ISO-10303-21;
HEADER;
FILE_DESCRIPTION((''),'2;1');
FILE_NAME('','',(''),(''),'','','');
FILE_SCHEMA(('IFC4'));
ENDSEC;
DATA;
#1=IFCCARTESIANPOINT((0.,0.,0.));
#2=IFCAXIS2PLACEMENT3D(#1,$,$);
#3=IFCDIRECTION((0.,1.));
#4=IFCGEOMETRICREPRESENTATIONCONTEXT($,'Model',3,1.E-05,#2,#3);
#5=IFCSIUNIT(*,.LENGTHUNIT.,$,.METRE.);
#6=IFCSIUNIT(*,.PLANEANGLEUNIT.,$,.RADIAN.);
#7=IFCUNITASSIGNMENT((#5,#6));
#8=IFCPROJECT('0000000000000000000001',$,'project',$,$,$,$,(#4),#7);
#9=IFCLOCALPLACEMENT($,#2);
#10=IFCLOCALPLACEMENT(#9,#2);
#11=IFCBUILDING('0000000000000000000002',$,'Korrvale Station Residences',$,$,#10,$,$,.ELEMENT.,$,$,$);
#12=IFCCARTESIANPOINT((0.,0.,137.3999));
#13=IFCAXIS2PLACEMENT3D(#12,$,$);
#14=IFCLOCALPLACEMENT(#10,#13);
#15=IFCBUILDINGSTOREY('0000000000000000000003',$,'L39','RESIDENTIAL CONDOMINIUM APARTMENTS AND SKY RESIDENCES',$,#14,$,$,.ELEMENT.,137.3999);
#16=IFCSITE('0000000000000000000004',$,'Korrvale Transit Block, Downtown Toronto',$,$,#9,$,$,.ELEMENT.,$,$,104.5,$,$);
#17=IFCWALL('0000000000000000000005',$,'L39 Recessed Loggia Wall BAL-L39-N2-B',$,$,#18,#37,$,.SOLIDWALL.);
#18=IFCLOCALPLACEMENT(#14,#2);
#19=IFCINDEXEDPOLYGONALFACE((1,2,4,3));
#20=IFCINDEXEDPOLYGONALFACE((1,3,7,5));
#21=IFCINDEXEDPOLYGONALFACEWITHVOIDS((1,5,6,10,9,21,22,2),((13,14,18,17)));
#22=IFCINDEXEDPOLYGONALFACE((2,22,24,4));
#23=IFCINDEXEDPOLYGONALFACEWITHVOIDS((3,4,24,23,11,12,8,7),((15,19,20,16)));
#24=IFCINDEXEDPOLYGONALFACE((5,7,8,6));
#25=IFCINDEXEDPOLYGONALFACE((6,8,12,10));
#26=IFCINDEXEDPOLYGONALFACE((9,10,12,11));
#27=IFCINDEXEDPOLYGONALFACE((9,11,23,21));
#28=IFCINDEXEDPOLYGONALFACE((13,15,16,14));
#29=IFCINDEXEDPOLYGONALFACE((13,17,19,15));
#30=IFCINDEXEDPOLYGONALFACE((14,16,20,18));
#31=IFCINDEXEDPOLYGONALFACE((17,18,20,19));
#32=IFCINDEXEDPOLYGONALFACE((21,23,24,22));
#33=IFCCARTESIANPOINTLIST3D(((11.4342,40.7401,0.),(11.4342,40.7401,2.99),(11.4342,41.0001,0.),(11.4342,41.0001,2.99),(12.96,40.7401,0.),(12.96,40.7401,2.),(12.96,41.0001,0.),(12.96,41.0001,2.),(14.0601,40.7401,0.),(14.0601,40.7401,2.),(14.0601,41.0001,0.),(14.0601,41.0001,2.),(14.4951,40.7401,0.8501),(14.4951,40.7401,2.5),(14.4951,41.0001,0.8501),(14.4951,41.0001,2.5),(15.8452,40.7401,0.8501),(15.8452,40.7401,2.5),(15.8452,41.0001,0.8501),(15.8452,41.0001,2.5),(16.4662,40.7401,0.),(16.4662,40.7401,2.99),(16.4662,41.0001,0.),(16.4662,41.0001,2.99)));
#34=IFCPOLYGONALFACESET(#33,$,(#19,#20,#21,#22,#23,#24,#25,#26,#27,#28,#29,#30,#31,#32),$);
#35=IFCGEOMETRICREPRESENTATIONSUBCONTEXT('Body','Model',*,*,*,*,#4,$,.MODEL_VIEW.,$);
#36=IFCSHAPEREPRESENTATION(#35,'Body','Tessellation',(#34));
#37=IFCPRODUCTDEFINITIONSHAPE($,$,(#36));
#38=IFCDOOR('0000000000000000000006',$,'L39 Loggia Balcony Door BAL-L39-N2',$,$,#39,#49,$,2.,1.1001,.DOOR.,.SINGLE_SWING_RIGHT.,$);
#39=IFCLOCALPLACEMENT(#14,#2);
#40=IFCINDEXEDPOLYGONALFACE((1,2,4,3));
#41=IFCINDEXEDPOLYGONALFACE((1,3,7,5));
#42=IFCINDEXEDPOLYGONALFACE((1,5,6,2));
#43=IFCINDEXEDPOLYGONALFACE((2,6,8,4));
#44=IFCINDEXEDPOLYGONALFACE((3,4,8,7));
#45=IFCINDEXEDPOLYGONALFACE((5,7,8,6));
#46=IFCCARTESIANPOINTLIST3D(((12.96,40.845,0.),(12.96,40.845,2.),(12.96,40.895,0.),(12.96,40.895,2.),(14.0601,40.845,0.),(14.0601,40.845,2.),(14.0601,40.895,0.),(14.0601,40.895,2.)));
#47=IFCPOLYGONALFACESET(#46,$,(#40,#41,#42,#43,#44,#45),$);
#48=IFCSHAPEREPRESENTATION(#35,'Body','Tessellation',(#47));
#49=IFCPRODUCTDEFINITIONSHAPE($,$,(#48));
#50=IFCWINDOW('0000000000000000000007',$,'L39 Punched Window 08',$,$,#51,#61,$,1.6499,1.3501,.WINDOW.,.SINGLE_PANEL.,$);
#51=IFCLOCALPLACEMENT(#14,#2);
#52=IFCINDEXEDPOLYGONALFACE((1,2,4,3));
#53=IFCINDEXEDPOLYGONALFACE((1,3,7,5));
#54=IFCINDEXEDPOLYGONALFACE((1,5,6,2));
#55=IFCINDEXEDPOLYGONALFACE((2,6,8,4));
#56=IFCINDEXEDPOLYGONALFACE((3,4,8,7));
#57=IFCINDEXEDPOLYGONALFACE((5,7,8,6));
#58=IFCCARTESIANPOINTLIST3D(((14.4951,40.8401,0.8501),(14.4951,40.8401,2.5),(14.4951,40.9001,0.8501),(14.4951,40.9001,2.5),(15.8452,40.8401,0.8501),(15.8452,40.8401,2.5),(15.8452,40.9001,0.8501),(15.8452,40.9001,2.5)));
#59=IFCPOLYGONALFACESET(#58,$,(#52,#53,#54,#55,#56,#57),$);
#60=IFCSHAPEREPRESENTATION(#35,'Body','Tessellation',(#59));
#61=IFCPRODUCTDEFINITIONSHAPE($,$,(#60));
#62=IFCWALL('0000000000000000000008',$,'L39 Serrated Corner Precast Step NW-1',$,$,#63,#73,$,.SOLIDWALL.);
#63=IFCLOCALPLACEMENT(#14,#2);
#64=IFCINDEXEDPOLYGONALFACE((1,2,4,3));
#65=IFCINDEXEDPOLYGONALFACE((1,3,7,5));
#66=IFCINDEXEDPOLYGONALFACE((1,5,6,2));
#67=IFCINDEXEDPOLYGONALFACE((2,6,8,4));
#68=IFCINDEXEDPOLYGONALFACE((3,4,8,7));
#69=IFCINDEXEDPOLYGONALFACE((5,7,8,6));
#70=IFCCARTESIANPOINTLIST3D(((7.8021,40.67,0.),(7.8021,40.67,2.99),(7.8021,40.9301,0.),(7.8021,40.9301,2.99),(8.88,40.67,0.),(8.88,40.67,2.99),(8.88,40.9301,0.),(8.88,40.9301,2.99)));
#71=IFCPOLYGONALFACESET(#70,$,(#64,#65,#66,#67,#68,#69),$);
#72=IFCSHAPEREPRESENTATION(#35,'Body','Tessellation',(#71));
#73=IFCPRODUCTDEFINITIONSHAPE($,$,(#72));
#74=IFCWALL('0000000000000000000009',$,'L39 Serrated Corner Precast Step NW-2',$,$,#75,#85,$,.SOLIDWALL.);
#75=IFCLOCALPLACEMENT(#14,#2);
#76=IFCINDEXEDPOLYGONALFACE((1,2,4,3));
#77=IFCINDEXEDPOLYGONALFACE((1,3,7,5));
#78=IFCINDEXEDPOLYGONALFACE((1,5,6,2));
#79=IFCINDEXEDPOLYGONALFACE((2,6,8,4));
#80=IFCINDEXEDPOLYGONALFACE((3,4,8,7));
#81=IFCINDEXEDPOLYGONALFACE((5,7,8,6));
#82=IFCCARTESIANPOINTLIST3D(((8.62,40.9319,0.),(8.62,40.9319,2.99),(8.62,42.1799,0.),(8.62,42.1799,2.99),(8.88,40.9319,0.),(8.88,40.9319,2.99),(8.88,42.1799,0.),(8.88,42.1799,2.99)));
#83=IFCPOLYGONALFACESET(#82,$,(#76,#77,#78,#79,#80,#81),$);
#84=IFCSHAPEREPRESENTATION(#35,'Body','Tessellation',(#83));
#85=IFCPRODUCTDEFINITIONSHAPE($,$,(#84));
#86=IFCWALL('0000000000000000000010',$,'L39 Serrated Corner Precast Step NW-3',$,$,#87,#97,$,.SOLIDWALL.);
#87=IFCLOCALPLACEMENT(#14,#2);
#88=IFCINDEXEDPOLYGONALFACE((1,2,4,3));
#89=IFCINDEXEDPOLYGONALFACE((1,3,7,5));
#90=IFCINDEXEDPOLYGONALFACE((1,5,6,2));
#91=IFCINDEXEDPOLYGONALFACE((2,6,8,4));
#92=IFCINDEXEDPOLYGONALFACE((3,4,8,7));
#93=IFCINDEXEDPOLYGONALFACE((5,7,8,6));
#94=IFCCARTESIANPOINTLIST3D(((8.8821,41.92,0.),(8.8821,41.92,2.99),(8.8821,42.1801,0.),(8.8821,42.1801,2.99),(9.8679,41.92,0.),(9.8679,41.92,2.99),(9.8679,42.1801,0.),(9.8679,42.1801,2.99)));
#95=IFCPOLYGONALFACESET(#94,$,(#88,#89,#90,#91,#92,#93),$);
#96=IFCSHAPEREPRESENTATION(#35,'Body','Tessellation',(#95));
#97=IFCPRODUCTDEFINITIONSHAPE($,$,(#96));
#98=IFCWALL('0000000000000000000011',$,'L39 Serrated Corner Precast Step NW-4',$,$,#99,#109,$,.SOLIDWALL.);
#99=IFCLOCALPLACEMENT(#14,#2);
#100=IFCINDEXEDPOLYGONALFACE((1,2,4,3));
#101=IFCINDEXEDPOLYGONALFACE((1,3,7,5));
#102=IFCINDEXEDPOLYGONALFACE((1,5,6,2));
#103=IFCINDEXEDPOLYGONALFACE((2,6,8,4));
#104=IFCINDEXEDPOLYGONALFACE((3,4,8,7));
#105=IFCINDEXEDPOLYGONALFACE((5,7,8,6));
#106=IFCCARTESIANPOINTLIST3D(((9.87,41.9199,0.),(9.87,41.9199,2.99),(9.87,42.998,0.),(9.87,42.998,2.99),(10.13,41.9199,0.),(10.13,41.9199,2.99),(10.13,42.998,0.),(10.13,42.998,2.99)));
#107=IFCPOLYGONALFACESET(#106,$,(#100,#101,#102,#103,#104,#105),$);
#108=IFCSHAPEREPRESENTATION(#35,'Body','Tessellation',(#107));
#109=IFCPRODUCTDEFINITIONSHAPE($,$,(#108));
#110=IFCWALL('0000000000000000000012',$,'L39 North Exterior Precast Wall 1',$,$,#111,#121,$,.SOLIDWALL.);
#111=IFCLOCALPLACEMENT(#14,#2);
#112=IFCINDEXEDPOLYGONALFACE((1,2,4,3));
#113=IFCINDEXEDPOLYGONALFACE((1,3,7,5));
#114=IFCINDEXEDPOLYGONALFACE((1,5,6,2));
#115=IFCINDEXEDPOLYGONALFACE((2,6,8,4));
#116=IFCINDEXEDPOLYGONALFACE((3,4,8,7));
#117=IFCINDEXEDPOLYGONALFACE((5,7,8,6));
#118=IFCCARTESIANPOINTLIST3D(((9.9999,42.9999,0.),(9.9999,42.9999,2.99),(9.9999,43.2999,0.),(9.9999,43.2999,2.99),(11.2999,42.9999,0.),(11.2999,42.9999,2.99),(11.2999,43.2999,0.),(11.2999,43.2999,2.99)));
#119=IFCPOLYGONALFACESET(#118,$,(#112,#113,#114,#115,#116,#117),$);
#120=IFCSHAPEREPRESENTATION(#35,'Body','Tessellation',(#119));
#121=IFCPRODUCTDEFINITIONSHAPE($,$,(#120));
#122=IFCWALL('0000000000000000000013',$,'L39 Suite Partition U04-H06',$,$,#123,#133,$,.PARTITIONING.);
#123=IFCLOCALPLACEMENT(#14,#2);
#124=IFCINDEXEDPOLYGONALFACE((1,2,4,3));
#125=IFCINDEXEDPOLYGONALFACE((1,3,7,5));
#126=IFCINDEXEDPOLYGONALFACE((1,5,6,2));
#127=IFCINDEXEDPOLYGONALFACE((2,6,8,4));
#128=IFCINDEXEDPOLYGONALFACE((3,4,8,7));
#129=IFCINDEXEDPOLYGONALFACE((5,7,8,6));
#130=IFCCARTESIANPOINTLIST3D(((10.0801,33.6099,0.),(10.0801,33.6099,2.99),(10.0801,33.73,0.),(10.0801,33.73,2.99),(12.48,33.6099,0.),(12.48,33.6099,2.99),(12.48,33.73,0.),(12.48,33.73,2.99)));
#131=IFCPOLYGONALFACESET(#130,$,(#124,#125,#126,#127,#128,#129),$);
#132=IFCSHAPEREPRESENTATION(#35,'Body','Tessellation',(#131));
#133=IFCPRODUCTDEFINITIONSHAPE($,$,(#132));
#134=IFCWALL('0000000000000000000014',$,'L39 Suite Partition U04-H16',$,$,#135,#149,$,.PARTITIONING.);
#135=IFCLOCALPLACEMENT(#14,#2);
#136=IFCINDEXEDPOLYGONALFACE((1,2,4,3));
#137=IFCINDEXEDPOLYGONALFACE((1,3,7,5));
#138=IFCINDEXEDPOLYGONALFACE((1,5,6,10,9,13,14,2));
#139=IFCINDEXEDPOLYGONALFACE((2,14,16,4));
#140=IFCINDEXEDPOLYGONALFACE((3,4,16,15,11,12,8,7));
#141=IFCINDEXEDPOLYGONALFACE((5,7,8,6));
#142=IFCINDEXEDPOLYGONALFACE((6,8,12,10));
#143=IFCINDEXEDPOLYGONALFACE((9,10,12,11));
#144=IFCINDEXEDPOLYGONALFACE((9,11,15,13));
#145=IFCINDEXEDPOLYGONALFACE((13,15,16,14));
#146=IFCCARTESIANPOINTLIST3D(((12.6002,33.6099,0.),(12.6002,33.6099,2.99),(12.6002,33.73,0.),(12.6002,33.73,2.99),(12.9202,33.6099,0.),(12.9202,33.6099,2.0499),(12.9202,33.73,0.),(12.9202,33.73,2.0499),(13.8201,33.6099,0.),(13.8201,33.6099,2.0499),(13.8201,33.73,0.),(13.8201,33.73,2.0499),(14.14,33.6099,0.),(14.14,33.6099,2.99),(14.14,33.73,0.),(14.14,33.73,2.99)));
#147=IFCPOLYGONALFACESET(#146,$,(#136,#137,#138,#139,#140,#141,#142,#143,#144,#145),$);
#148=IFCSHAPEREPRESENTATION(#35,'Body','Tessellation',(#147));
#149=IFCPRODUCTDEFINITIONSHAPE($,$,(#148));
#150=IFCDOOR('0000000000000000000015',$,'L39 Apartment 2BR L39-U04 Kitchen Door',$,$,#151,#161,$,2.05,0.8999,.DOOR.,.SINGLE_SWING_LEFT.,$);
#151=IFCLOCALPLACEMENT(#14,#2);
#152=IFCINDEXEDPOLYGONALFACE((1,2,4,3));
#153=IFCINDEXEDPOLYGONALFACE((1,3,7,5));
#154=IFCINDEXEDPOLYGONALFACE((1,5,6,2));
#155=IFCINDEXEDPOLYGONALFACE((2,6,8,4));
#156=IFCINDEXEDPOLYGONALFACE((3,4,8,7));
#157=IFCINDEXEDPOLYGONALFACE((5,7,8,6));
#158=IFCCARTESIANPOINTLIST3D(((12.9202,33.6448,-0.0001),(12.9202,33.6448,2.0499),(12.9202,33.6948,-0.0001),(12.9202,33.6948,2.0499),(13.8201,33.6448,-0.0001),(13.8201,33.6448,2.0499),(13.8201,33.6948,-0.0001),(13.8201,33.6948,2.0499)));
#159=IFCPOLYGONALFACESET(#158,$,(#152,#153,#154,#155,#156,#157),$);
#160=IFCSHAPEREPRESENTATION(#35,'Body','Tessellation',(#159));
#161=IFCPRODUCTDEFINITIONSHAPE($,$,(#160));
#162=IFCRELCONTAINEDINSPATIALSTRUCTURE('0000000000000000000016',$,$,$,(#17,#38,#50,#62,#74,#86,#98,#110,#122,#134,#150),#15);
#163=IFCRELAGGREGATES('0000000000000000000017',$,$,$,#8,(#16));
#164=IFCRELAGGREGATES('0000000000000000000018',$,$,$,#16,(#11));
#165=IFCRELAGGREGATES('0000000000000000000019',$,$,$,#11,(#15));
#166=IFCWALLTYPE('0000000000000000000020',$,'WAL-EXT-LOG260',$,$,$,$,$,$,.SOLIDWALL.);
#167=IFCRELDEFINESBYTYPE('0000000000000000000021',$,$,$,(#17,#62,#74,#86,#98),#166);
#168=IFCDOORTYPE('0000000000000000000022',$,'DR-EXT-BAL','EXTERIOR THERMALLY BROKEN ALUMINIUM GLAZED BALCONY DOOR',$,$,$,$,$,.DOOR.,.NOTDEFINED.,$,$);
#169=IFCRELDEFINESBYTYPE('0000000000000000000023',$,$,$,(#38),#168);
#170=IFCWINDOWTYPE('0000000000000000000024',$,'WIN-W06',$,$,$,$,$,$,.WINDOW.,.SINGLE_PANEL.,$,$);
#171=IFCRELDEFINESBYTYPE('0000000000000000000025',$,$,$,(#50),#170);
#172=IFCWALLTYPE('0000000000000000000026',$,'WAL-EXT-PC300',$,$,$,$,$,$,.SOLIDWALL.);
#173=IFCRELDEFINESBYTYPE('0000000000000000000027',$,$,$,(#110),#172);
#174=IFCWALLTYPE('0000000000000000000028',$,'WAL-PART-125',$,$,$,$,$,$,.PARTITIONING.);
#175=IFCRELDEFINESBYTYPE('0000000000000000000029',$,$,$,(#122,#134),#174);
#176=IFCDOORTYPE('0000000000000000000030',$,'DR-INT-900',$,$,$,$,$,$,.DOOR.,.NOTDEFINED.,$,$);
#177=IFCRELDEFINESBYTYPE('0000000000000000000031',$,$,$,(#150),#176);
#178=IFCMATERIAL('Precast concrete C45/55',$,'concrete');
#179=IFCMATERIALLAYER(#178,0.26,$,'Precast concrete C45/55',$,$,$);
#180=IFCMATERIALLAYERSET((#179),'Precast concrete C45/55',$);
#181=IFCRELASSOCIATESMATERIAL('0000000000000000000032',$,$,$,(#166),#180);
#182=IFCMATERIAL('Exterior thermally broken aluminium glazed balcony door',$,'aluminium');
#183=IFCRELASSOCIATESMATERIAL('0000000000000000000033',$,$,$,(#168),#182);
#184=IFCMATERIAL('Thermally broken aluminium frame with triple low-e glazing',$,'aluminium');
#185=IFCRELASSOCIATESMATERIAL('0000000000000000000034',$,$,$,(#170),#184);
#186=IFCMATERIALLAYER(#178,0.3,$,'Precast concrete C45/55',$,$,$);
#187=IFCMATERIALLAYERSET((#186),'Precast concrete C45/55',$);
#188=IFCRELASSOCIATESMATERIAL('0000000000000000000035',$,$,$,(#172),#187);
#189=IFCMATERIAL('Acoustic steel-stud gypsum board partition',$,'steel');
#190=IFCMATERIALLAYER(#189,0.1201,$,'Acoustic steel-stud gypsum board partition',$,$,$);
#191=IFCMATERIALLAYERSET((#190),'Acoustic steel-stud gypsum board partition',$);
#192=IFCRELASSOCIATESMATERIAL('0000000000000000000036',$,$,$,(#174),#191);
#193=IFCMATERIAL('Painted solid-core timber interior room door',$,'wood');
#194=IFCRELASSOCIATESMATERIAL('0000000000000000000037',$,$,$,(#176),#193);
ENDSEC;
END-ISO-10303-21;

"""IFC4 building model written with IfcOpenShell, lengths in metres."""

from ifc_helpers import new_model, si_unit, direction, frame, frame_2d, origin, place, context, subcontext, project, spatial, rectangle, extrude, material, layer, layer_set, type_object, element, fill, save


model = new_model("IFC4")

# Units and contexts
model_context = context("Model", 3, precision=1e-05, world=origin(), true_north=direction((0.0, 1.0)))
body_context = subcontext(model_context, "Body", "Model", "MODEL_VIEW")
ifc_project = project(units=[si_unit("LENGTHUNIT", "METRE"), si_unit("PLANEANGLEUNIT", "RADIAN")], contexts=[model_context])

# Site, building, storey
site_placement = place(None, origin())
site = spatial("IfcSite", under=ifc_project, at=site_placement, Name="Korrvale Transit Block, Downtown Toronto", CompositionType="ELEMENT", RefElevation=104.5)
building_placement = place(site_placement, origin())
building = spatial("IfcBuilding", under=site, at=building_placement, Name="Korrvale Station Residences", CompositionType="ELEMENT")
storey_placement = place(building_placement, frame((0.0, 0.0, 137.3999)))
storey = spatial("IfcBuildingStorey", under=building, at=storey_placement, Name="L39", Description="RESIDENTIAL CONDOMINIUM APARTMENTS AND SKY RESIDENCES", CompositionType="ELEMENT", Elevation=137.3999)

# Shared definitions
ifc_material_1 = material(Name="Precast concrete C45/55", Category="concrete")
ifc_layer_1 = layer(ifc_material_1, 0.26, Name="Precast concrete C45/55")
ifc_layer_set_1 = layer_set([ifc_layer_1], Name="Precast concrete C45/55")
wall_type_1 = type_object("IfcWallType", Name="WAL-EXT-LOG260", PredefinedType="SOLIDWALL", material=ifc_layer_set_1)

# Wall, openings, door, window
wall_1_placement = place(storey_placement, frame((11.4341, 40.8701, 0.0), z_axis=(0.0, 0.0, 1.0), x_axis=(1.0, 0.0, 0.0)))
wall_1 = element("IfcWall", 1, at=wall_1_placement, inside=storey, type_object=wall_type_1, Name="L39 Recessed Loggia Wall BAL-L39-N2-B", PredefinedType="SOLIDWALL", context=body_context, shape_type="SweptSolid", body=[
    extrude(rectangle(XDim=5.032, YDim=0.26, at=frame_2d((2.5161, 0.0))), origin(), (0.0, 0.0, 1.0), 2.99),
])
opening_1_placement = place(wall_1_placement, frame((1.5259, 0.0, 0.0)))
opening_1 = element("IfcOpeningElement", 2, at=opening_1_placement, cuts=wall_1, PredefinedType="OPENING", context=body_context, shape_type="SweptSolid", body=[
    extrude(rectangle(XDim=1.1001, YDim=2.0, at=frame_2d((0.55, 1.0))), frame((0.0, 0.1401, 0.0), z_axis=(0.0, -1.0, 0.0), x_axis=(1.0, 0.0, 0.0)), (0.0, 0.0, 1.0), 0.28),
])
opening_2_placement = place(wall_1_placement, frame((3.061, 0.0, 0.8501)))
opening_2 = element("IfcOpeningElement", 3, at=opening_2_placement, cuts=wall_1, PredefinedType="OPENING", context=body_context, shape_type="SweptSolid", body=[
    extrude(rectangle(XDim=1.3501, YDim=1.6499, at=frame_2d((0.675, 0.825))), frame((0.0, 0.1401, 0.0), z_axis=(0.0, -1.0, 0.0), x_axis=(1.0, 0.0, 0.0)), (0.0, 0.0, 1.0), 0.28),
])
ifc_material_2 = material(Name="Exterior thermally broken aluminium glazed balcony door", Category="aluminium")
door_type_1 = type_object("IfcDoorType", Name="DR-EXT-BAL", Description="EXTERIOR THERMALLY BROKEN ALUMINIUM GLAZED BALCONY DOOR", OperationType="NOTDEFINED", PredefinedType="DOOR", material=ifc_material_2)
door_1_placement = place(opening_1_placement, origin())
door_1 = element("IfcDoor", 4, at=door_1_placement, inside=storey, type_object=door_type_1, Name="L39 Loggia Balcony Door BAL-L39-N2", OperationType="SINGLE_SWING_RIGHT", OverallHeight=2.0, OverallWidth=1.1001, PredefinedType="DOOR", context=body_context, shape_type="SweptSolid", body=[
    extrude(rectangle(XDim=1.1001, YDim=2.0, at=frame_2d((0.55, 1.0))), frame((0.0, 0.0249, 0.0), z_axis=(0.0, -1.0, 0.0), x_axis=(1.0, 0.0, 0.0)), (0.0, 0.0, 1.0), 0.05),
])
fill(opening_1, door_1)
ifc_material_3 = material(Name="Thermally broken aluminium frame with triple low-e glazing", Category="aluminium")
window_type = type_object("IfcWindowType", Name="WIN-W06", PartitioningType="SINGLE_PANEL", PredefinedType="WINDOW", material=ifc_material_3)
window_placement = place(opening_2_placement, origin())
window = element("IfcWindow", 5, at=window_placement, inside=storey, type_object=window_type, Name="L39 Punched Window 08", OverallHeight=1.6499, OverallWidth=1.3501, PartitioningType="SINGLE_PANEL", PredefinedType="WINDOW", context=body_context, shape_type="SweptSolid", body=[
    extrude(rectangle(XDim=1.3501, YDim=1.6499, at=frame_2d((0.675, 0.825))), frame((0.0, 0.03, 0.0), z_axis=(0.0, -1.0, 0.0), x_axis=(1.0, 0.0, 0.0)), (0.0, 0.0, 1.0), 0.0601),
])
fill(opening_2, window)

# Walls
wall_2_placement = place(storey_placement, frame((7.802, 40.8, 0.0), z_axis=(0.0, 0.0, 1.0), x_axis=(1.0, 0.0, 0.0)))
element("IfcWall", 6, at=wall_2_placement, inside=storey, type_object=wall_type_1, Name="L39 Serrated Corner Precast Step NW-1", PredefinedType="SOLIDWALL", context=body_context, shape_type="SweptSolid", body=[
    extrude(rectangle(XDim=1.0779, YDim=0.26, at=frame_2d((0.5391, 0.0))), origin(), (0.0, 0.0, 1.0), 2.99),
])
wall_3_placement = place(storey_placement, frame((8.75, 40.9319, 0.0), z_axis=(0.0, 0.0, 1.0), x_axis=(0.0, 1.0, 0.0)))
element("IfcWall", 7, at=wall_3_placement, inside=storey, type_object=wall_type_1, Name="L39 Serrated Corner Precast Step NW-2", PredefinedType="SOLIDWALL", context=body_context, shape_type="SweptSolid", body=[
    extrude(rectangle(XDim=1.248, YDim=0.26, at=frame_2d((0.624, 0.0))), origin(), (0.0, 0.0, 1.0), 2.99),
])
wall_4_placement = place(storey_placement, frame((8.8821, 42.05, 0.0), z_axis=(0.0, 0.0, 1.0), x_axis=(1.0, 0.0, 0.0)))
element("IfcWall", 8, at=wall_4_placement, inside=storey, type_object=wall_type_1, Name="L39 Serrated Corner Precast Step NW-3", PredefinedType="SOLIDWALL", context=body_context, shape_type="SweptSolid", body=[
    extrude(rectangle(XDim=0.9858, YDim=0.26, at=frame_2d((0.4929, 0.0))), origin(), (0.0, 0.0, 1.0), 2.99),
])
wall_5_placement = place(storey_placement, frame((10.0, 41.9199, 0.0), z_axis=(0.0, 0.0, 1.0), x_axis=(0.0, 1.0, 0.0)))
element("IfcWall", 9, at=wall_5_placement, inside=storey, type_object=wall_type_1, Name="L39 Serrated Corner Precast Step NW-4", PredefinedType="SOLIDWALL", context=body_context, shape_type="SweptSolid", body=[
    extrude(rectangle(XDim=1.0781, YDim=0.26, at=frame_2d((0.5391, 0.0))), origin(), (0.0, 0.0, 1.0), 2.99),
])
ifc_layer_2 = layer(ifc_material_1, 0.3, Name="Precast concrete C45/55")
ifc_layer_set_2 = layer_set([ifc_layer_2], Name="Precast concrete C45/55")
wall_type_2 = type_object("IfcWallType", Name="WAL-EXT-PC300", PredefinedType="SOLIDWALL", material=ifc_layer_set_2)
wall_6_placement = place(storey_placement, frame((10.0, 43.1499, 0.0), z_axis=(0.0, 0.0, 1.0), x_axis=(1.0, 0.0, 0.0)))
element("IfcWall", 10, at=wall_6_placement, inside=storey, type_object=wall_type_2, Name="L39 North Exterior Precast Wall 1", PredefinedType="SOLIDWALL", context=body_context, shape_type="SweptSolid", body=[
    extrude(rectangle(XDim=1.3, YDim=0.3, at=frame_2d((0.6499, 0.0))), origin(), (0.0, 0.0, 1.0), 2.99),
])
ifc_material_4 = material(Name="Acoustic steel-stud gypsum board partition", Category="steel")
ifc_layer_3 = layer(ifc_material_4, 0.1201, Name="Acoustic steel-stud gypsum board partition")
ifc_layer_set_3 = layer_set([ifc_layer_3], Name="Acoustic steel-stud gypsum board partition")
wall_type_3 = type_object("IfcWallType", Name="WAL-PART-125", PredefinedType="PARTITIONING", material=ifc_layer_set_3)
wall_7_placement = place(storey_placement, frame((10.0801, 33.6699, 0.0), z_axis=(0.0, 0.0, 1.0), x_axis=(1.0, 0.0, 0.0)))
element("IfcWall", 11, at=wall_7_placement, inside=storey, type_object=wall_type_3, Name="L39 Suite Partition U04-H06", PredefinedType="PARTITIONING", context=body_context, shape_type="SweptSolid", body=[
    extrude(rectangle(XDim=2.3999, YDim=0.1201, at=frame_2d((1.2, 0.0))), origin(), (0.0, 0.0, 1.0), 2.99),
])

# Wall, opening, door
wall_8_placement = place(storey_placement, frame((12.6001, 33.6699, 0.0), z_axis=(0.0, 0.0, 1.0), x_axis=(1.0, 0.0, 0.0)))
wall_8 = element("IfcWall", 12, at=wall_8_placement, inside=storey, type_object=wall_type_3, Name="L39 Suite Partition U04-H16", PredefinedType="PARTITIONING", context=body_context, shape_type="SweptSolid", body=[
    extrude(rectangle(XDim=1.5398, YDim=0.1201, at=frame_2d((0.77, 0.0))), origin(), (0.0, 0.0, 1.0), 2.99),
])
opening_3_placement = place(wall_8_placement, frame((0.3201, 0.0, 0.0)))
opening_3 = element("IfcOpeningElement", 13, at=opening_3_placement, cuts=wall_8, PredefinedType="OPENING", context=body_context, shape_type="SweptSolid", body=[
    extrude(rectangle(XDim=0.8999, YDim=2.05, at=frame_2d((0.45, 1.0249))), frame((0.0, 0.0701, 0.0), z_axis=(0.0, -1.0, 0.0), x_axis=(1.0, 0.0, 0.0)), (0.0, 0.0, 1.0), 0.1401),
])
ifc_material_5 = material(Name="Painted solid-core timber interior room door", Category="wood")
door_type_2 = type_object("IfcDoorType", Name="DR-INT-900", OperationType="NOTDEFINED", PredefinedType="DOOR", material=ifc_material_5)
door_2_placement = place(opening_3_placement, origin())
door_2 = element("IfcDoor", 14, at=door_2_placement, inside=storey, type_object=door_type_2, Name="L39 Apartment 2BR L39-U04 Kitchen Door", OperationType="SINGLE_SWING_LEFT", OverallHeight=2.05, OverallWidth=0.8999, PredefinedType="DOOR", context=body_context, shape_type="SweptSolid", body=[
    extrude(rectangle(XDim=0.8999, YDim=2.05, at=frame_2d((0.45, 1.0249))), frame((0.0, 0.0249, 0.0), z_axis=(0.0, -1.0, 0.0), x_axis=(1.0, 0.0, 0.0)), (0.0, 0.0, 1.0), 0.05),
])
fill(opening_3, door_2)

save(model, "model.ifc")
